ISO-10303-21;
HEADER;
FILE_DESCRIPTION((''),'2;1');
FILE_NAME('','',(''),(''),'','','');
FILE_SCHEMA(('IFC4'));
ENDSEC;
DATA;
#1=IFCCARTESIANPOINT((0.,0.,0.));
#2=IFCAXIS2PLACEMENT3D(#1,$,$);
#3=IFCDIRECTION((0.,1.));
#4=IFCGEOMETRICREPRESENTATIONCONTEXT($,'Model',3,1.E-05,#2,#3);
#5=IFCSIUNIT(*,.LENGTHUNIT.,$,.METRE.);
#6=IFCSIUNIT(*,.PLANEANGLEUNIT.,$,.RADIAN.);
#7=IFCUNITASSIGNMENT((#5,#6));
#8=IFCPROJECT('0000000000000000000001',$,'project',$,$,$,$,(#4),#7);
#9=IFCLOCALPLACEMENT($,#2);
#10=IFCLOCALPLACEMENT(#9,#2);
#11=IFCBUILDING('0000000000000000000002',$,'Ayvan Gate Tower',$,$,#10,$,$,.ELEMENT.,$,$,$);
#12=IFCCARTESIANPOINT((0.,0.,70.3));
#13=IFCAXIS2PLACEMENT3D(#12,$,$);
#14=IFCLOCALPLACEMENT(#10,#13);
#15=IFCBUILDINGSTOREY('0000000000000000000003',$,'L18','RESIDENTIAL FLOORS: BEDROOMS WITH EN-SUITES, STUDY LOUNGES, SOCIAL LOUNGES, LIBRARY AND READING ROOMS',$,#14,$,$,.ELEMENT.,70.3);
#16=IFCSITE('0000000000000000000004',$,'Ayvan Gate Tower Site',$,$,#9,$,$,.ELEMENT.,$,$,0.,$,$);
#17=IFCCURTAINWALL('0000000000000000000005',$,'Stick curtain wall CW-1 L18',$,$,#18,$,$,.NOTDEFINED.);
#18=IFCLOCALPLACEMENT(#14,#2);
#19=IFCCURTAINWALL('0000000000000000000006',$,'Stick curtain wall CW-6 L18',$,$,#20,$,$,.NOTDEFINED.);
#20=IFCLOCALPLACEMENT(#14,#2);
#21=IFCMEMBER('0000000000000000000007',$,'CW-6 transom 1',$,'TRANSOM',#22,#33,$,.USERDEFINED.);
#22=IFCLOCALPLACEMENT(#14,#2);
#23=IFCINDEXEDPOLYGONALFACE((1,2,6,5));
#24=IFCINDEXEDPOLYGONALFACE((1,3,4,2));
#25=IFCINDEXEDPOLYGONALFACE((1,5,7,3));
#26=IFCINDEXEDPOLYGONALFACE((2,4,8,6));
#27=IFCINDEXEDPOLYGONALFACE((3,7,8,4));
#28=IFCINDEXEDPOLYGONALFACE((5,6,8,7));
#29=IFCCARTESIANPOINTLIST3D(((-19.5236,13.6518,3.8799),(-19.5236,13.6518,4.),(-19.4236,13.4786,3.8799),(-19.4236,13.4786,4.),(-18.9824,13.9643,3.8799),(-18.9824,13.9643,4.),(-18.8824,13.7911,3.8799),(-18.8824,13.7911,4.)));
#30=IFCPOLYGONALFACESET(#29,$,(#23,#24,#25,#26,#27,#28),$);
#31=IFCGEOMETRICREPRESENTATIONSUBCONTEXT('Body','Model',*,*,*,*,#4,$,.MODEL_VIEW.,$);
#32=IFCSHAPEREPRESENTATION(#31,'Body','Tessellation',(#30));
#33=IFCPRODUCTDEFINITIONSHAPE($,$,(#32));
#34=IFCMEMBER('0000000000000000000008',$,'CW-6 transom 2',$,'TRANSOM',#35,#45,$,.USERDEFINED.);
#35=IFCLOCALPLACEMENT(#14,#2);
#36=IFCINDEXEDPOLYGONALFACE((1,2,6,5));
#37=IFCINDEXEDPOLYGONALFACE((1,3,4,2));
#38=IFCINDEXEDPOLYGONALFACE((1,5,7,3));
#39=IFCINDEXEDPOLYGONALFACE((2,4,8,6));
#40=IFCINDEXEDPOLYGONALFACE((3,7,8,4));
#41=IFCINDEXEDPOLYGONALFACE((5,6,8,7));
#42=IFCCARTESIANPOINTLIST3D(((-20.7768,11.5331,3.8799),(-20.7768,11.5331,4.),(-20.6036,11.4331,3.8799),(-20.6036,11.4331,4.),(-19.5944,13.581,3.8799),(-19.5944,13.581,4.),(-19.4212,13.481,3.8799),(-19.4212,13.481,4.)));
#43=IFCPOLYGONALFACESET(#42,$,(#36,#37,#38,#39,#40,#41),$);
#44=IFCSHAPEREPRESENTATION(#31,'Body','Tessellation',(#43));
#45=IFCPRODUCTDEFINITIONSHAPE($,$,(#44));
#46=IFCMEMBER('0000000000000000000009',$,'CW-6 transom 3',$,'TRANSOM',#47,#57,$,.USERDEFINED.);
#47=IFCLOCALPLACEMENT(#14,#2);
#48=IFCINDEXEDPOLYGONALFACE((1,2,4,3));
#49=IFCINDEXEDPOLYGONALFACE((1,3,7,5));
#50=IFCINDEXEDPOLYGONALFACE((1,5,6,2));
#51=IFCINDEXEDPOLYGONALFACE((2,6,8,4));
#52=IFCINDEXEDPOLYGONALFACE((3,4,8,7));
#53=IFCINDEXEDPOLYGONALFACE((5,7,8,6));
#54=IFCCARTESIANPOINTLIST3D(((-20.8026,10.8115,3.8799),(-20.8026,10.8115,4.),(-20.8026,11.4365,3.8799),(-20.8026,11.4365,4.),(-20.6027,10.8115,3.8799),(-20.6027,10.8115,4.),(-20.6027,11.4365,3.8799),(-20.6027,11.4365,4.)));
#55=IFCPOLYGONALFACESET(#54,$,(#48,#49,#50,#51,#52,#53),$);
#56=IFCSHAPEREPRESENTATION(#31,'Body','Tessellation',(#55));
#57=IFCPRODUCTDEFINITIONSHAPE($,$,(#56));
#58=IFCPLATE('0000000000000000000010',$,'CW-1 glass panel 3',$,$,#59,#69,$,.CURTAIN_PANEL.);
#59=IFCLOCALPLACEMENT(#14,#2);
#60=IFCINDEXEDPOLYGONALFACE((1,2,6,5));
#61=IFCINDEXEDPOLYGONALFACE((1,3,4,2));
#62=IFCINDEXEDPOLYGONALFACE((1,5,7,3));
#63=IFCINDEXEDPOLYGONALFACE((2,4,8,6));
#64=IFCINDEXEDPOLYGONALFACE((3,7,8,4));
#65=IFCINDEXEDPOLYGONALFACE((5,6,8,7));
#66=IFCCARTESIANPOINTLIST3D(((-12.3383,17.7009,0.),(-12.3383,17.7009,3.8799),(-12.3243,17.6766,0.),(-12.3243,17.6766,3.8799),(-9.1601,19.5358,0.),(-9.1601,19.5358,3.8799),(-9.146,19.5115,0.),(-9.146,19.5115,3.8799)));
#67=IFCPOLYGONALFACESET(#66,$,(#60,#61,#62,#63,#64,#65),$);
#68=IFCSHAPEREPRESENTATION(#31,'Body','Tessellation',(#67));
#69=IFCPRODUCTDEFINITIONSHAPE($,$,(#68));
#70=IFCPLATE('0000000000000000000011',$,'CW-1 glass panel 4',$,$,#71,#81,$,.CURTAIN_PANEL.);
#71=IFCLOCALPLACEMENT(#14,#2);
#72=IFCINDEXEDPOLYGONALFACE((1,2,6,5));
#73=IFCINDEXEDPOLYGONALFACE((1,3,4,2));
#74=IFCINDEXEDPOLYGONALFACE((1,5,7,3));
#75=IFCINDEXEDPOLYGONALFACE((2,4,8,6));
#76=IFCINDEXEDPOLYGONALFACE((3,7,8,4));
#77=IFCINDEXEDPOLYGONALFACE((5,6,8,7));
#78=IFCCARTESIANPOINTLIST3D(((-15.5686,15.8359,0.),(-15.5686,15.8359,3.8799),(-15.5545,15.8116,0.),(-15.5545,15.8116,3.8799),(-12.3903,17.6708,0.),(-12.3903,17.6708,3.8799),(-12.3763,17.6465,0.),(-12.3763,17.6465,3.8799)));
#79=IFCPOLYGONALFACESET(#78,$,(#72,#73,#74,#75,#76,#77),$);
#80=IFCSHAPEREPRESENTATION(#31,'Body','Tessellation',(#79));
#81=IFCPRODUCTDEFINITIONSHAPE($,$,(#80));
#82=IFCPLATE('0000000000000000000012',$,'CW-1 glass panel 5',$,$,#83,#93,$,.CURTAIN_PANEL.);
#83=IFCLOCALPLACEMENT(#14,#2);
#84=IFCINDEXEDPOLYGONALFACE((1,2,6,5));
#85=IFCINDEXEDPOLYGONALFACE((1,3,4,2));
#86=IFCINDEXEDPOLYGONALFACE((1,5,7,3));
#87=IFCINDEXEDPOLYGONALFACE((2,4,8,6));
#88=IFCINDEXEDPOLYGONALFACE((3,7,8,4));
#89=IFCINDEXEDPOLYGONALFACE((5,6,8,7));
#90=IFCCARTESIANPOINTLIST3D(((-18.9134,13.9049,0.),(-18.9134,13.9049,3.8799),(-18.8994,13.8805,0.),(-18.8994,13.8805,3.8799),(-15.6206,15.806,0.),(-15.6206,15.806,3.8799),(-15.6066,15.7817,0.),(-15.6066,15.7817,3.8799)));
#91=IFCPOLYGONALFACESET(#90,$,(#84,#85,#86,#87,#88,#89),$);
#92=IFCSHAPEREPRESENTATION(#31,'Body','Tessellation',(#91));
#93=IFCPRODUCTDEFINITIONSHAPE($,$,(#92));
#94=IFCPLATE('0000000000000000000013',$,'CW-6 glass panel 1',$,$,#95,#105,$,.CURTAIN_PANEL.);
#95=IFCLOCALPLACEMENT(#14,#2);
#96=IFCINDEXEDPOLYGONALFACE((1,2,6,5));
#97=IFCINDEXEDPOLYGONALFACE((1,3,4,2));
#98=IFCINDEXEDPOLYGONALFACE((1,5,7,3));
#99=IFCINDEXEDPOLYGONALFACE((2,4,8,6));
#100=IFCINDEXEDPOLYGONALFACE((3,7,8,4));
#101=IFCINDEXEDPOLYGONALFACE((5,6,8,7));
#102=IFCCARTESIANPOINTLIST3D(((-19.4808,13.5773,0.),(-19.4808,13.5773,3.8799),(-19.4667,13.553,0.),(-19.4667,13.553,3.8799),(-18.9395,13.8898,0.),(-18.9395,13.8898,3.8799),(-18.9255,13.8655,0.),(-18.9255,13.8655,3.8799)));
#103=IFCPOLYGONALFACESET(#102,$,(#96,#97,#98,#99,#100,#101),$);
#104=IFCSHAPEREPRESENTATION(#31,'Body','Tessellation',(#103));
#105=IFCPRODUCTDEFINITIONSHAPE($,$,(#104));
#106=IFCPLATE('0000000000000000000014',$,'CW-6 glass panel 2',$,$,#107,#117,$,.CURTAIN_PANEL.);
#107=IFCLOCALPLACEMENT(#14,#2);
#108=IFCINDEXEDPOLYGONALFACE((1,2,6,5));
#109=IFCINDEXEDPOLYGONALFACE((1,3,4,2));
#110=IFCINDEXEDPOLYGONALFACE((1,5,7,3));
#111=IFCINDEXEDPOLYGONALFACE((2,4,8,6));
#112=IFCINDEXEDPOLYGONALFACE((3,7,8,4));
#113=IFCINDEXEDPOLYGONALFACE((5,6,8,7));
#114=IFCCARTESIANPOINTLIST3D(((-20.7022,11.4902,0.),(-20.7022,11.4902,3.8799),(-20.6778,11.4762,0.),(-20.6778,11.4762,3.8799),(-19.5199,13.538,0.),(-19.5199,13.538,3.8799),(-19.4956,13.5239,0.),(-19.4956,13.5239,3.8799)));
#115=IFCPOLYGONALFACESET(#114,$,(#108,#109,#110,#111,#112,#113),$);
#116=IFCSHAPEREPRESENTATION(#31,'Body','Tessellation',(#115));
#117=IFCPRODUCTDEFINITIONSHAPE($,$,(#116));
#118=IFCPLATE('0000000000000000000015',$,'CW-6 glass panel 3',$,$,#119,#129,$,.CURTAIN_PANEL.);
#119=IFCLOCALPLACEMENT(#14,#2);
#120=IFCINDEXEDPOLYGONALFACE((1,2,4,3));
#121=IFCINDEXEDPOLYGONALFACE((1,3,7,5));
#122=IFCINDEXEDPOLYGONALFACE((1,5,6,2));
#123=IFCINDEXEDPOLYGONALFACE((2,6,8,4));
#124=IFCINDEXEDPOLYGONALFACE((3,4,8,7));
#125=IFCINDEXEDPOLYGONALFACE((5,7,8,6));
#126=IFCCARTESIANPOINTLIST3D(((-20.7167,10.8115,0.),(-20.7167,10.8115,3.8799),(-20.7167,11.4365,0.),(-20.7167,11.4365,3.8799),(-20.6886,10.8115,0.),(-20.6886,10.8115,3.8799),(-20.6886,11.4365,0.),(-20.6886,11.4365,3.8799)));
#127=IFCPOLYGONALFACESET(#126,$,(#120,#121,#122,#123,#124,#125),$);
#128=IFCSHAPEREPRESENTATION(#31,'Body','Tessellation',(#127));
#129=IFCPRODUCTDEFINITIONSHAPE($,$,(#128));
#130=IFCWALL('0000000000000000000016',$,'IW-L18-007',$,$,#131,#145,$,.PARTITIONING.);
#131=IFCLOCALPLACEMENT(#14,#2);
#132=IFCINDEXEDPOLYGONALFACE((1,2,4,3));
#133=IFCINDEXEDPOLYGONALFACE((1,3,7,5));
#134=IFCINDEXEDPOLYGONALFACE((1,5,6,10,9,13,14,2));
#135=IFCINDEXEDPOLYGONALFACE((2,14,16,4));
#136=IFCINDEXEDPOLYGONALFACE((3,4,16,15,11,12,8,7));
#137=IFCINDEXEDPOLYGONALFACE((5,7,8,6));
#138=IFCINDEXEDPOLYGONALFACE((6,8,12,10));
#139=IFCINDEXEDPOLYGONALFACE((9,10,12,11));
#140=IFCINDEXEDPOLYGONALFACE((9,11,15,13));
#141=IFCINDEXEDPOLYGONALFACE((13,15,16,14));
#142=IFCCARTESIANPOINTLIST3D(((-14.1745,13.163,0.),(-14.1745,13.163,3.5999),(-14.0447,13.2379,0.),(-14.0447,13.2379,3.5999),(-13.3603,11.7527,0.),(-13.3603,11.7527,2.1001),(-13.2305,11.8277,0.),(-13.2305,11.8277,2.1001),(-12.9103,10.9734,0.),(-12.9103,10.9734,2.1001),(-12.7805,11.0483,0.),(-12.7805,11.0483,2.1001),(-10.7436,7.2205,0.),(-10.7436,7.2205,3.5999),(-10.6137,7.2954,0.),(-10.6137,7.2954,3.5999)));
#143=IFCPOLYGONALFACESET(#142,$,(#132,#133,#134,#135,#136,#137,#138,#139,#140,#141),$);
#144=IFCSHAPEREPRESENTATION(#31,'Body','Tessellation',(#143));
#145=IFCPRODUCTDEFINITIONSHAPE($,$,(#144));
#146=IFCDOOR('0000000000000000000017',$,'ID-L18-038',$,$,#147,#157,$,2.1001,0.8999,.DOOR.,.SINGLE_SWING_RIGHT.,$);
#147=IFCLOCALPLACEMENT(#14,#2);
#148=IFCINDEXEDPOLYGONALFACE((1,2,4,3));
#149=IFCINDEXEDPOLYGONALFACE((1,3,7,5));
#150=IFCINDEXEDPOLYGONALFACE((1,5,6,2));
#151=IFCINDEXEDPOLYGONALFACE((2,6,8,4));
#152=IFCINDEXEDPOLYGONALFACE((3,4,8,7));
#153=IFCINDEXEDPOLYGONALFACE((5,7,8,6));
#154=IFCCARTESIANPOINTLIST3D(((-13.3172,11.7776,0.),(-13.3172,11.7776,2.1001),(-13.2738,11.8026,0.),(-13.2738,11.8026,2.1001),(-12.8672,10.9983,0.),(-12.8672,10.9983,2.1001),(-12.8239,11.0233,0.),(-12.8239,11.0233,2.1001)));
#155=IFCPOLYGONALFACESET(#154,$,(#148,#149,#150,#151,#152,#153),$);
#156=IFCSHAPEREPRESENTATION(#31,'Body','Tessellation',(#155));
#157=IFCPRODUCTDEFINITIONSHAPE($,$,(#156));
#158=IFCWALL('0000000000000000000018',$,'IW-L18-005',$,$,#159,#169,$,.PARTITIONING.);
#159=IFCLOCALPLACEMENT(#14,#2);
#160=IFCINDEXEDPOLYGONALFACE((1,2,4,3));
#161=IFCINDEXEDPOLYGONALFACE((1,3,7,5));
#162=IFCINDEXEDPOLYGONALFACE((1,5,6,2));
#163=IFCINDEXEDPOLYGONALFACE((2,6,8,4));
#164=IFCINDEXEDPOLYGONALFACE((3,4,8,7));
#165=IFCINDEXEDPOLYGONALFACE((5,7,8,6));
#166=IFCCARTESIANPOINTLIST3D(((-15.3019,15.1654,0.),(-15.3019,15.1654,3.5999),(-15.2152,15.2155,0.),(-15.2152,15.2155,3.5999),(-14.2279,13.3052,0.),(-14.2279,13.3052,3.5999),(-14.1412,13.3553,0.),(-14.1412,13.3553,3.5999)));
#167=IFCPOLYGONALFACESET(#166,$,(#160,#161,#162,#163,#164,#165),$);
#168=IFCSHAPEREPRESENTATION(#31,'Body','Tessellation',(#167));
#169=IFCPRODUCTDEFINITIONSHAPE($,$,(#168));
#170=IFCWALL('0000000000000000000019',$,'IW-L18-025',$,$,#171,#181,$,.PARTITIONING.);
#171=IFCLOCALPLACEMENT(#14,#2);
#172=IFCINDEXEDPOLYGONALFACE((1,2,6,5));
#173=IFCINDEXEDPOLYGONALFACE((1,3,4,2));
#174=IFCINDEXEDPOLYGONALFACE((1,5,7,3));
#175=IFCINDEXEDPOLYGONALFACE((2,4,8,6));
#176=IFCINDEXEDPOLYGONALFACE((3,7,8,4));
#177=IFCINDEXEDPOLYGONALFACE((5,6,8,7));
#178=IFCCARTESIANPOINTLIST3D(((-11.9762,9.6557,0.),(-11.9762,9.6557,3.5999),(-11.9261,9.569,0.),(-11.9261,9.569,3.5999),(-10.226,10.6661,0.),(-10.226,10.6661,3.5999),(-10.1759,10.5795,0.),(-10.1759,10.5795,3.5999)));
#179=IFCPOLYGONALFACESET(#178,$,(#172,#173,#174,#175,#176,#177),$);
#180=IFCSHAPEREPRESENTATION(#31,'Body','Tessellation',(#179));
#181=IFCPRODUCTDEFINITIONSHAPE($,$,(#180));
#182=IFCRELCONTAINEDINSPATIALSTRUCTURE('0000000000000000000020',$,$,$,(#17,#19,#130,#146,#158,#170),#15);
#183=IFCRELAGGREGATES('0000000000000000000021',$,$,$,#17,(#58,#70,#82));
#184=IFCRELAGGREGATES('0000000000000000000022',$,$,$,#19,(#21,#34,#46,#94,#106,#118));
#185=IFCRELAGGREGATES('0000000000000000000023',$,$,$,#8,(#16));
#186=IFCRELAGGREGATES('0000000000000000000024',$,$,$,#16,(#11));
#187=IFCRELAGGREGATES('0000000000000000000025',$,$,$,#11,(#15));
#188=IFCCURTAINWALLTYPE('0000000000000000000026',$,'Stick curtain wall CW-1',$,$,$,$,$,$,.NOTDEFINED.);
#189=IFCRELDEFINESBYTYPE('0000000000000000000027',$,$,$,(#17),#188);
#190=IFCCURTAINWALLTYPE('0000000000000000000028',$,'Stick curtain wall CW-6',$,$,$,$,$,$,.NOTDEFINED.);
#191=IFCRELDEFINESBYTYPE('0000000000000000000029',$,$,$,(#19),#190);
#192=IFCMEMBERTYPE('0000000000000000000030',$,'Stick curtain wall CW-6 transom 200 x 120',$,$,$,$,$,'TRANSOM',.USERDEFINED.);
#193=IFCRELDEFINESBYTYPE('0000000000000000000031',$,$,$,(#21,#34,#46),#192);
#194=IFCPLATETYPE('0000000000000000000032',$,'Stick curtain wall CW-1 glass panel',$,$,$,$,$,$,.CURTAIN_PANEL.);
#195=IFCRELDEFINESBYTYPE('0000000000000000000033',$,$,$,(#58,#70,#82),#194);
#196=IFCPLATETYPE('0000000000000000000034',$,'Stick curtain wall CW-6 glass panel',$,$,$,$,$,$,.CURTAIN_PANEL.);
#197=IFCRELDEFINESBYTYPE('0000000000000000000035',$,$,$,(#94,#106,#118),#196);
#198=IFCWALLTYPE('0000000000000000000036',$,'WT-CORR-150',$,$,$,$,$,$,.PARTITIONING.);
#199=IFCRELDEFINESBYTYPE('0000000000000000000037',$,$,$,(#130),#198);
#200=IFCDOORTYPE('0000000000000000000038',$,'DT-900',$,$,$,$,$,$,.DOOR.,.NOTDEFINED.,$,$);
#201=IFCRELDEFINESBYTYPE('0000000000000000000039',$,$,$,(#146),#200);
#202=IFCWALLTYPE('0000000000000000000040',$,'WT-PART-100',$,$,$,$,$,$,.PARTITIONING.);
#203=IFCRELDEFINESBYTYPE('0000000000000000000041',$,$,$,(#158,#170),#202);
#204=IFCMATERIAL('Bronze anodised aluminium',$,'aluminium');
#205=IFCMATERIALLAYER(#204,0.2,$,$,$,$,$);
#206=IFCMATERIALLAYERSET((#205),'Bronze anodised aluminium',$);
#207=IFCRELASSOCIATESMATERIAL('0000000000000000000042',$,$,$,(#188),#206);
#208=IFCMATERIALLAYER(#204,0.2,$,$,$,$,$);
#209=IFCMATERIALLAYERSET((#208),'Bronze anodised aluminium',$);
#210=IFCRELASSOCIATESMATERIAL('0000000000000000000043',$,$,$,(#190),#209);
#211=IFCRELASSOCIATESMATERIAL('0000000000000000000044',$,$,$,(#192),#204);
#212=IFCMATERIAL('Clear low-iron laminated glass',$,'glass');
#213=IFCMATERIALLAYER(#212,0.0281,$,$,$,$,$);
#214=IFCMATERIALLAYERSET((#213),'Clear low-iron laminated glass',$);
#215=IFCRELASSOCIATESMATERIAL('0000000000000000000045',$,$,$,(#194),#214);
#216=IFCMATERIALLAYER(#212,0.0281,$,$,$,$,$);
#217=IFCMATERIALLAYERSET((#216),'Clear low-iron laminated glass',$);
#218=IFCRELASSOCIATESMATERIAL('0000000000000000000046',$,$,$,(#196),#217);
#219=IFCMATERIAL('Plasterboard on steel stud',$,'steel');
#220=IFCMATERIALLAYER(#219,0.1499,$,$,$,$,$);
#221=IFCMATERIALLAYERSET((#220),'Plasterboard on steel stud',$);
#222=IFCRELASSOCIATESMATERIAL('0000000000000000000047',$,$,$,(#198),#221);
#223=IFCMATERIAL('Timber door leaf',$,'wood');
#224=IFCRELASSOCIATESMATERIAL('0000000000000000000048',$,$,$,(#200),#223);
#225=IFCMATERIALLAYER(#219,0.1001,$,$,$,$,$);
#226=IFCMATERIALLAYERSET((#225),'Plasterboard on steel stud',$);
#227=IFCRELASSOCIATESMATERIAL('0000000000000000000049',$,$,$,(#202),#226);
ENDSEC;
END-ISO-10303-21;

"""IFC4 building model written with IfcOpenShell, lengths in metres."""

from ifc_helpers import new_model, si_unit, direction, frame, frame_2d, origin, origin_2d, place, context, subcontext, project, spatial, rectangle, extrude, material, layer, layer_set, material_profile, profile_set, type_object, element, fill, aggregate, save


model = new_model("IFC4")

# Units and contexts
model_context = context("Model", 3, precision=1e-05, world=origin(), true_north=direction((0.0, 1.0)))
body_context = subcontext(model_context, "Body", "Model", "MODEL_VIEW")
ifc_project = project(units=[si_unit("LENGTHUNIT", "METRE"), si_unit("PLANEANGLEUNIT", "RADIAN")], contexts=[model_context])

# Site, building, storey
site_placement = place(None, origin())
site = spatial("IfcSite", under=ifc_project, at=site_placement, Name="Ayvan Gate Tower Site", CompositionType="ELEMENT", RefElevation=0.0)
building_placement = place(site_placement, origin())
building = spatial("IfcBuilding", under=site, at=building_placement, Name="Ayvan Gate Tower", CompositionType="ELEMENT")
storey_placement = place(building_placement, frame((0.0, 0.0, 70.3)))
storey = spatial("IfcBuildingStorey", under=building, at=storey_placement, Name="L18", Description="RESIDENTIAL FLOORS: BEDROOMS WITH EN-SUITES, STUDY LOUNGES, SOCIAL LOUNGES, LIBRARY AND READING ROOMS", CompositionType="ELEMENT", Elevation=70.3)

# Curtain walls, members
ifc_material_1 = material(Name="Bronze anodised aluminium", Category="aluminium")
ifc_layer_1 = layer(ifc_material_1, 0.2)
ifc_layer_set_1 = layer_set([ifc_layer_1], Name="Bronze anodised aluminium")
curtain_wall_type_1 = type_object("IfcCurtainWallType", Name="Stick curtain wall CW-1", PredefinedType="NOTDEFINED", material=ifc_layer_set_1)
curtain_wall_1_placement = place(storey_placement, origin())
curtain_wall_1 = element("IfcCurtainWall", 1, at=curtain_wall_1_placement, inside=storey, type_object=curtain_wall_type_1, Name="Stick curtain wall CW-1 L18", PredefinedType="NOTDEFINED")
ifc_layer_2 = layer(ifc_material_1, 0.2)
ifc_layer_set_2 = layer_set([ifc_layer_2], Name="Bronze anodised aluminium")
curtain_wall_type_2 = type_object("IfcCurtainWallType", Name="Stick curtain wall CW-6", PredefinedType="NOTDEFINED", material=ifc_layer_set_2)
curtain_wall_2_placement = place(storey_placement, origin())
curtain_wall_2 = element("IfcCurtainWall", 2, at=curtain_wall_2_placement, inside=storey, type_object=curtain_wall_type_2, Name="Stick curtain wall CW-6 L18", PredefinedType="NOTDEFINED")
ifc_material_profile_1 = material_profile(ifc_material_1, rectangle(XDim=0.2, YDim=0.1201, at=origin_2d()), Name="Stick curtain wall CW-6 transom 200 x 120")
ifc_profile_set_1 = profile_set([ifc_material_profile_1], Name="Bronze anodised aluminium")
member_type_1 = type_object("IfcMemberType", Name="Stick curtain wall CW-6 transom 200 x 120", ElementType="TRANSOM", PredefinedType="USERDEFINED", material=ifc_profile_set_1)
member_1_placement = place(storey_placement, frame((-18.9324, 13.8777, 3.9399), z_axis=(-0.866023, -0.500004, 0.0), x_axis=(0.500004, -0.866023, 0.0)))
member_1 = element("IfcMember", 3, at=member_1_placement, type_object=member_type_1, Name="CW-6 transom 1", ObjectType="TRANSOM", PredefinedType="USERDEFINED", context=body_context, shape_type="SweptSolid", body=[
    extrude(rectangle(XDim=0.2, YDim=0.1201, at=origin_2d()), origin(), (0.0, 0.0, 1.0), 0.625),
])
member_2_placement = place(storey_placement, frame((-19.5078, 13.531, 3.9399), z_axis=(-0.500014, -0.866017, 0.0), x_axis=(0.866017, -0.500014, 0.0)))
member_2 = element("IfcMember", 4, at=member_2_placement, type_object=member_type_1, Name="CW-6 transom 2", ObjectType="TRANSOM", PredefinedType="USERDEFINED", context=body_context, shape_type="SweptSolid", body=[
    extrude(rectangle(XDim=0.2, YDim=0.1201, at=origin_2d()), origin(), (0.0, 0.0, 1.0), 2.3647),
])
member_3_placement = place(storey_placement, frame((-20.7026, 11.4365, 3.9399), z_axis=(0.0, -1.0, 0.0), x_axis=(1.0, 0.0, 0.0)))
member_3 = element("IfcMember", 5, at=member_3_placement, type_object=member_type_1, Name="CW-6 transom 3", ObjectType="TRANSOM", PredefinedType="USERDEFINED", context=body_context, shape_type="SweptSolid", body=[
    extrude(rectangle(XDim=0.2, YDim=0.1201, at=origin_2d()), origin(), (0.0, 0.0, 1.0), 0.625),
])

# Plates
ifc_material_2 = material(Name="Clear low-iron laminated glass", Category="glass")
ifc_layer_3 = layer(ifc_material_2, 0.0281)
ifc_layer_set_3 = layer_set([ifc_layer_3], Name="Clear low-iron laminated glass")
plate_type_1 = type_object("IfcPlateType", Name="Stick curtain wall CW-1 glass panel", PredefinedType="CURTAIN_PANEL", material=ifc_layer_set_3)
plate_1_placement = place(storey_placement, frame((-10.7422, 18.6062, 0.0), z_axis=(0.0, 0.0, 1.0), x_axis=(-0.866025, -0.5, 0.0)))
plate_1 = element("IfcPlate", 6, at=plate_1_placement, type_object=plate_type_1, Name="CW-1 glass panel 3", PredefinedType="CURTAIN_PANEL", context=body_context, shape_type="SweptSolid", body=[
    extrude(rectangle(XDim=3.6699, YDim=0.0281, at=origin_2d()), origin(), (0.0, 0.0, 1.0), 3.8799),
])
plate_2_placement = place(storey_placement, frame((-13.9724, 16.7412, 0.0), z_axis=(0.0, 0.0, 1.0), x_axis=(-0.866025, -0.5, 0.0)))
plate_2 = element("IfcPlate", 7, at=plate_2_placement, type_object=plate_type_1, Name="CW-1 glass panel 4", PredefinedType="CURTAIN_PANEL", context=body_context, shape_type="SweptSolid", body=[
    extrude(rectangle(XDim=3.6699, YDim=0.0281, at=origin_2d()), origin(), (0.0, 0.0, 1.0), 3.8799),
])
plate_3_placement = place(storey_placement, frame((-17.26, 14.8433, 0.0), z_axis=(0.0, 0.0, 1.0), x_axis=(-0.866025, -0.5, 0.0)))
plate_3 = element("IfcPlate", 8, at=plate_3_placement, type_object=plate_type_1, Name="CW-1 glass panel 5", PredefinedType="CURTAIN_PANEL", context=body_context, shape_type="SweptSolid", body=[
    extrude(rectangle(XDim=3.8022, YDim=0.0281, at=origin_2d()), origin(), (0.0, 0.0, 1.0), 3.8799),
])
aggregate(curtain_wall_1, [plate_1, plate_2, plate_3])
ifc_layer_4 = layer(ifc_material_2, 0.0281)
ifc_layer_set_4 = layer_set([ifc_layer_4], Name="Clear low-iron laminated glass")
plate_type_2 = type_object("IfcPlateType", Name="Stick curtain wall CW-6 glass panel", PredefinedType="CURTAIN_PANEL", material=ifc_layer_set_4)
plate_4_placement = place(storey_placement, frame((-19.2031, 13.7214, 0.0), z_axis=(0.0, 0.0, 1.0), x_axis=(-0.866025, -0.5, 0.0)))
plate_4 = element("IfcPlate", 9, at=plate_4_placement, type_object=plate_type_2, Name="CW-6 glass panel 1", PredefinedType="CURTAIN_PANEL", context=body_context, shape_type="SweptSolid", body=[
    extrude(rectangle(XDim=0.625, YDim=0.0281, at=origin_2d()), origin(), (0.0, 0.0, 1.0), 3.8799),
])
plate_5_placement = place(storey_placement, frame((-20.0989, 12.5071, 0.0), z_axis=(0.0, 0.0, 1.0), x_axis=(-0.5, -0.866025, 0.0)))
plate_5 = element("IfcPlate", 10, at=plate_5_placement, type_object=plate_type_2, Name="CW-6 glass panel 2", PredefinedType="CURTAIN_PANEL", context=body_context, shape_type="SweptSolid", body=[
    extrude(rectangle(XDim=2.3645, YDim=0.0281, at=origin_2d()), origin(), (0.0, 0.0, 1.0), 3.8799),
])
plate_6_placement = place(storey_placement, frame((-20.7026, 11.124, 0.0), z_axis=(0.0, 0.0, 1.0), x_axis=(0.0, -1.0, 0.0)))
plate_6 = element("IfcPlate", 11, at=plate_6_placement, type_object=plate_type_2, Name="CW-6 glass panel 3", PredefinedType="CURTAIN_PANEL", context=body_context, shape_type="SweptSolid", body=[
    extrude(rectangle(XDim=0.625, YDim=0.0281, at=origin_2d()), origin(), (0.0, 0.0, 1.0), 3.8799),
])
aggregate(curtain_wall_2, [member_1, member_2, member_3, plate_4, plate_5, plate_6])

# Wall, opening, door
ifc_material_3 = material(Name="Plasterboard on steel stud", Category="steel")
ifc_layer_5 = layer(ifc_material_3, 0.1499)
ifc_layer_set_5 = layer_set([ifc_layer_5], Name="Plasterboard on steel stud")
wall_type_1 = type_object("IfcWallType", Name="WT-CORR-150", PredefinedType="PARTITIONING", material=ifc_layer_set_5)
wall_1_placement = place(storey_placement, frame((-14.1096, 13.2004, 0.0), z_axis=(0.0, 0.0, 1.0), x_axis=(0.500008, -0.866021, 0.0)))
wall_1 = element("IfcWall", 12, at=wall_1_placement, inside=storey, type_object=wall_type_1, Name="IW-L18-007", PredefinedType="PARTITIONING", context=body_context, shape_type="SweptSolid", body=[
    extrude(rectangle(XDim=6.8618, YDim=0.1499, at=frame_2d((3.4309, 0.0))), origin(), (0.0, 0.0, 1.0), 3.5999),
])
opening_placement = place(wall_1_placement, frame((1.6284, 0.0, 0.0)))
opening = element("IfcOpeningElement", 13, at=opening_placement, cuts=wall_1, PredefinedType="OPENING", context=body_context, shape_type="SweptSolid", body=[
    extrude(rectangle(XDim=0.8999, YDim=2.1001, at=frame_2d((0.45, 1.05))), frame((0.0, 0.085, 0.0), z_axis=(0.0, -1.0, 0.0), x_axis=(1.0, 0.0, 0.0)), (0.0, 0.0, 1.0), 0.1699),
])
ifc_material_4 = material(Name="Timber door leaf", Category="wood")
door_type = type_object("IfcDoorType", Name="DT-900", OperationType="NOTDEFINED", PredefinedType="DOOR", material=ifc_material_4)
door_placement = place(opening_placement, origin())
door = element("IfcDoor", 14, at=door_placement, inside=storey, type_object=door_type, Name="ID-L18-038", OperationType="SINGLE_SWING_RIGHT", OverallHeight=2.1001, OverallWidth=0.8999, PredefinedType="DOOR", context=body_context, shape_type="SweptSolid", body=[
    extrude(rectangle(XDim=0.8999, YDim=2.1001, at=frame_2d((0.45, 1.05))), frame((0.0, 0.0249, 0.0), z_axis=(0.0, -1.0, 0.0), x_axis=(1.0, 0.0, 0.0)), (0.0, 0.0, 1.0), 0.05),
])
fill(opening, door)

# Walls
ifc_layer_6 = layer(ifc_material_3, 0.1001)
ifc_layer_set_6 = layer_set([ifc_layer_6], Name="Plasterboard on steel stud")
wall_type_2 = type_object("IfcWallType", Name="WT-PART-100", PredefinedType="PARTITIONING", material=ifc_layer_set_6)
wall_2_placement = place(storey_placement, frame((-15.2585, 15.1904, 0.0), z_axis=(0.0, 0.0, 1.0), x_axis=(0.500014, -0.866017, 0.0)))
element("IfcWall", 15, at=wall_2_placement, inside=storey, type_object=wall_type_2, Name="IW-L18-005", PredefinedType="PARTITIONING", context=body_context, shape_type="SweptSolid", body=[
    extrude(rectangle(XDim=2.1479, YDim=0.1001, at=frame_2d((1.074, 0.0))), origin(), (0.0, 0.0, 1.0), 3.5999),
])
wall_3_placement = place(storey_placement, frame((-10.2009, 10.6228, 0.0), z_axis=(0.0, 0.0, 1.0), x_axis=(-0.866027, -0.499998, 0.0)))
element("IfcWall", 16, at=wall_3_placement, inside=storey, type_object=wall_type_2, Name="IW-L18-025", PredefinedType="PARTITIONING", context=body_context, shape_type="SweptSolid", body=[
    extrude(rectangle(XDim=2.021, YDim=0.1001, at=frame_2d((1.0105, 0.0))), origin(), (0.0, 0.0, 1.0), 3.5999),
])

save(model, "model.ifc")
